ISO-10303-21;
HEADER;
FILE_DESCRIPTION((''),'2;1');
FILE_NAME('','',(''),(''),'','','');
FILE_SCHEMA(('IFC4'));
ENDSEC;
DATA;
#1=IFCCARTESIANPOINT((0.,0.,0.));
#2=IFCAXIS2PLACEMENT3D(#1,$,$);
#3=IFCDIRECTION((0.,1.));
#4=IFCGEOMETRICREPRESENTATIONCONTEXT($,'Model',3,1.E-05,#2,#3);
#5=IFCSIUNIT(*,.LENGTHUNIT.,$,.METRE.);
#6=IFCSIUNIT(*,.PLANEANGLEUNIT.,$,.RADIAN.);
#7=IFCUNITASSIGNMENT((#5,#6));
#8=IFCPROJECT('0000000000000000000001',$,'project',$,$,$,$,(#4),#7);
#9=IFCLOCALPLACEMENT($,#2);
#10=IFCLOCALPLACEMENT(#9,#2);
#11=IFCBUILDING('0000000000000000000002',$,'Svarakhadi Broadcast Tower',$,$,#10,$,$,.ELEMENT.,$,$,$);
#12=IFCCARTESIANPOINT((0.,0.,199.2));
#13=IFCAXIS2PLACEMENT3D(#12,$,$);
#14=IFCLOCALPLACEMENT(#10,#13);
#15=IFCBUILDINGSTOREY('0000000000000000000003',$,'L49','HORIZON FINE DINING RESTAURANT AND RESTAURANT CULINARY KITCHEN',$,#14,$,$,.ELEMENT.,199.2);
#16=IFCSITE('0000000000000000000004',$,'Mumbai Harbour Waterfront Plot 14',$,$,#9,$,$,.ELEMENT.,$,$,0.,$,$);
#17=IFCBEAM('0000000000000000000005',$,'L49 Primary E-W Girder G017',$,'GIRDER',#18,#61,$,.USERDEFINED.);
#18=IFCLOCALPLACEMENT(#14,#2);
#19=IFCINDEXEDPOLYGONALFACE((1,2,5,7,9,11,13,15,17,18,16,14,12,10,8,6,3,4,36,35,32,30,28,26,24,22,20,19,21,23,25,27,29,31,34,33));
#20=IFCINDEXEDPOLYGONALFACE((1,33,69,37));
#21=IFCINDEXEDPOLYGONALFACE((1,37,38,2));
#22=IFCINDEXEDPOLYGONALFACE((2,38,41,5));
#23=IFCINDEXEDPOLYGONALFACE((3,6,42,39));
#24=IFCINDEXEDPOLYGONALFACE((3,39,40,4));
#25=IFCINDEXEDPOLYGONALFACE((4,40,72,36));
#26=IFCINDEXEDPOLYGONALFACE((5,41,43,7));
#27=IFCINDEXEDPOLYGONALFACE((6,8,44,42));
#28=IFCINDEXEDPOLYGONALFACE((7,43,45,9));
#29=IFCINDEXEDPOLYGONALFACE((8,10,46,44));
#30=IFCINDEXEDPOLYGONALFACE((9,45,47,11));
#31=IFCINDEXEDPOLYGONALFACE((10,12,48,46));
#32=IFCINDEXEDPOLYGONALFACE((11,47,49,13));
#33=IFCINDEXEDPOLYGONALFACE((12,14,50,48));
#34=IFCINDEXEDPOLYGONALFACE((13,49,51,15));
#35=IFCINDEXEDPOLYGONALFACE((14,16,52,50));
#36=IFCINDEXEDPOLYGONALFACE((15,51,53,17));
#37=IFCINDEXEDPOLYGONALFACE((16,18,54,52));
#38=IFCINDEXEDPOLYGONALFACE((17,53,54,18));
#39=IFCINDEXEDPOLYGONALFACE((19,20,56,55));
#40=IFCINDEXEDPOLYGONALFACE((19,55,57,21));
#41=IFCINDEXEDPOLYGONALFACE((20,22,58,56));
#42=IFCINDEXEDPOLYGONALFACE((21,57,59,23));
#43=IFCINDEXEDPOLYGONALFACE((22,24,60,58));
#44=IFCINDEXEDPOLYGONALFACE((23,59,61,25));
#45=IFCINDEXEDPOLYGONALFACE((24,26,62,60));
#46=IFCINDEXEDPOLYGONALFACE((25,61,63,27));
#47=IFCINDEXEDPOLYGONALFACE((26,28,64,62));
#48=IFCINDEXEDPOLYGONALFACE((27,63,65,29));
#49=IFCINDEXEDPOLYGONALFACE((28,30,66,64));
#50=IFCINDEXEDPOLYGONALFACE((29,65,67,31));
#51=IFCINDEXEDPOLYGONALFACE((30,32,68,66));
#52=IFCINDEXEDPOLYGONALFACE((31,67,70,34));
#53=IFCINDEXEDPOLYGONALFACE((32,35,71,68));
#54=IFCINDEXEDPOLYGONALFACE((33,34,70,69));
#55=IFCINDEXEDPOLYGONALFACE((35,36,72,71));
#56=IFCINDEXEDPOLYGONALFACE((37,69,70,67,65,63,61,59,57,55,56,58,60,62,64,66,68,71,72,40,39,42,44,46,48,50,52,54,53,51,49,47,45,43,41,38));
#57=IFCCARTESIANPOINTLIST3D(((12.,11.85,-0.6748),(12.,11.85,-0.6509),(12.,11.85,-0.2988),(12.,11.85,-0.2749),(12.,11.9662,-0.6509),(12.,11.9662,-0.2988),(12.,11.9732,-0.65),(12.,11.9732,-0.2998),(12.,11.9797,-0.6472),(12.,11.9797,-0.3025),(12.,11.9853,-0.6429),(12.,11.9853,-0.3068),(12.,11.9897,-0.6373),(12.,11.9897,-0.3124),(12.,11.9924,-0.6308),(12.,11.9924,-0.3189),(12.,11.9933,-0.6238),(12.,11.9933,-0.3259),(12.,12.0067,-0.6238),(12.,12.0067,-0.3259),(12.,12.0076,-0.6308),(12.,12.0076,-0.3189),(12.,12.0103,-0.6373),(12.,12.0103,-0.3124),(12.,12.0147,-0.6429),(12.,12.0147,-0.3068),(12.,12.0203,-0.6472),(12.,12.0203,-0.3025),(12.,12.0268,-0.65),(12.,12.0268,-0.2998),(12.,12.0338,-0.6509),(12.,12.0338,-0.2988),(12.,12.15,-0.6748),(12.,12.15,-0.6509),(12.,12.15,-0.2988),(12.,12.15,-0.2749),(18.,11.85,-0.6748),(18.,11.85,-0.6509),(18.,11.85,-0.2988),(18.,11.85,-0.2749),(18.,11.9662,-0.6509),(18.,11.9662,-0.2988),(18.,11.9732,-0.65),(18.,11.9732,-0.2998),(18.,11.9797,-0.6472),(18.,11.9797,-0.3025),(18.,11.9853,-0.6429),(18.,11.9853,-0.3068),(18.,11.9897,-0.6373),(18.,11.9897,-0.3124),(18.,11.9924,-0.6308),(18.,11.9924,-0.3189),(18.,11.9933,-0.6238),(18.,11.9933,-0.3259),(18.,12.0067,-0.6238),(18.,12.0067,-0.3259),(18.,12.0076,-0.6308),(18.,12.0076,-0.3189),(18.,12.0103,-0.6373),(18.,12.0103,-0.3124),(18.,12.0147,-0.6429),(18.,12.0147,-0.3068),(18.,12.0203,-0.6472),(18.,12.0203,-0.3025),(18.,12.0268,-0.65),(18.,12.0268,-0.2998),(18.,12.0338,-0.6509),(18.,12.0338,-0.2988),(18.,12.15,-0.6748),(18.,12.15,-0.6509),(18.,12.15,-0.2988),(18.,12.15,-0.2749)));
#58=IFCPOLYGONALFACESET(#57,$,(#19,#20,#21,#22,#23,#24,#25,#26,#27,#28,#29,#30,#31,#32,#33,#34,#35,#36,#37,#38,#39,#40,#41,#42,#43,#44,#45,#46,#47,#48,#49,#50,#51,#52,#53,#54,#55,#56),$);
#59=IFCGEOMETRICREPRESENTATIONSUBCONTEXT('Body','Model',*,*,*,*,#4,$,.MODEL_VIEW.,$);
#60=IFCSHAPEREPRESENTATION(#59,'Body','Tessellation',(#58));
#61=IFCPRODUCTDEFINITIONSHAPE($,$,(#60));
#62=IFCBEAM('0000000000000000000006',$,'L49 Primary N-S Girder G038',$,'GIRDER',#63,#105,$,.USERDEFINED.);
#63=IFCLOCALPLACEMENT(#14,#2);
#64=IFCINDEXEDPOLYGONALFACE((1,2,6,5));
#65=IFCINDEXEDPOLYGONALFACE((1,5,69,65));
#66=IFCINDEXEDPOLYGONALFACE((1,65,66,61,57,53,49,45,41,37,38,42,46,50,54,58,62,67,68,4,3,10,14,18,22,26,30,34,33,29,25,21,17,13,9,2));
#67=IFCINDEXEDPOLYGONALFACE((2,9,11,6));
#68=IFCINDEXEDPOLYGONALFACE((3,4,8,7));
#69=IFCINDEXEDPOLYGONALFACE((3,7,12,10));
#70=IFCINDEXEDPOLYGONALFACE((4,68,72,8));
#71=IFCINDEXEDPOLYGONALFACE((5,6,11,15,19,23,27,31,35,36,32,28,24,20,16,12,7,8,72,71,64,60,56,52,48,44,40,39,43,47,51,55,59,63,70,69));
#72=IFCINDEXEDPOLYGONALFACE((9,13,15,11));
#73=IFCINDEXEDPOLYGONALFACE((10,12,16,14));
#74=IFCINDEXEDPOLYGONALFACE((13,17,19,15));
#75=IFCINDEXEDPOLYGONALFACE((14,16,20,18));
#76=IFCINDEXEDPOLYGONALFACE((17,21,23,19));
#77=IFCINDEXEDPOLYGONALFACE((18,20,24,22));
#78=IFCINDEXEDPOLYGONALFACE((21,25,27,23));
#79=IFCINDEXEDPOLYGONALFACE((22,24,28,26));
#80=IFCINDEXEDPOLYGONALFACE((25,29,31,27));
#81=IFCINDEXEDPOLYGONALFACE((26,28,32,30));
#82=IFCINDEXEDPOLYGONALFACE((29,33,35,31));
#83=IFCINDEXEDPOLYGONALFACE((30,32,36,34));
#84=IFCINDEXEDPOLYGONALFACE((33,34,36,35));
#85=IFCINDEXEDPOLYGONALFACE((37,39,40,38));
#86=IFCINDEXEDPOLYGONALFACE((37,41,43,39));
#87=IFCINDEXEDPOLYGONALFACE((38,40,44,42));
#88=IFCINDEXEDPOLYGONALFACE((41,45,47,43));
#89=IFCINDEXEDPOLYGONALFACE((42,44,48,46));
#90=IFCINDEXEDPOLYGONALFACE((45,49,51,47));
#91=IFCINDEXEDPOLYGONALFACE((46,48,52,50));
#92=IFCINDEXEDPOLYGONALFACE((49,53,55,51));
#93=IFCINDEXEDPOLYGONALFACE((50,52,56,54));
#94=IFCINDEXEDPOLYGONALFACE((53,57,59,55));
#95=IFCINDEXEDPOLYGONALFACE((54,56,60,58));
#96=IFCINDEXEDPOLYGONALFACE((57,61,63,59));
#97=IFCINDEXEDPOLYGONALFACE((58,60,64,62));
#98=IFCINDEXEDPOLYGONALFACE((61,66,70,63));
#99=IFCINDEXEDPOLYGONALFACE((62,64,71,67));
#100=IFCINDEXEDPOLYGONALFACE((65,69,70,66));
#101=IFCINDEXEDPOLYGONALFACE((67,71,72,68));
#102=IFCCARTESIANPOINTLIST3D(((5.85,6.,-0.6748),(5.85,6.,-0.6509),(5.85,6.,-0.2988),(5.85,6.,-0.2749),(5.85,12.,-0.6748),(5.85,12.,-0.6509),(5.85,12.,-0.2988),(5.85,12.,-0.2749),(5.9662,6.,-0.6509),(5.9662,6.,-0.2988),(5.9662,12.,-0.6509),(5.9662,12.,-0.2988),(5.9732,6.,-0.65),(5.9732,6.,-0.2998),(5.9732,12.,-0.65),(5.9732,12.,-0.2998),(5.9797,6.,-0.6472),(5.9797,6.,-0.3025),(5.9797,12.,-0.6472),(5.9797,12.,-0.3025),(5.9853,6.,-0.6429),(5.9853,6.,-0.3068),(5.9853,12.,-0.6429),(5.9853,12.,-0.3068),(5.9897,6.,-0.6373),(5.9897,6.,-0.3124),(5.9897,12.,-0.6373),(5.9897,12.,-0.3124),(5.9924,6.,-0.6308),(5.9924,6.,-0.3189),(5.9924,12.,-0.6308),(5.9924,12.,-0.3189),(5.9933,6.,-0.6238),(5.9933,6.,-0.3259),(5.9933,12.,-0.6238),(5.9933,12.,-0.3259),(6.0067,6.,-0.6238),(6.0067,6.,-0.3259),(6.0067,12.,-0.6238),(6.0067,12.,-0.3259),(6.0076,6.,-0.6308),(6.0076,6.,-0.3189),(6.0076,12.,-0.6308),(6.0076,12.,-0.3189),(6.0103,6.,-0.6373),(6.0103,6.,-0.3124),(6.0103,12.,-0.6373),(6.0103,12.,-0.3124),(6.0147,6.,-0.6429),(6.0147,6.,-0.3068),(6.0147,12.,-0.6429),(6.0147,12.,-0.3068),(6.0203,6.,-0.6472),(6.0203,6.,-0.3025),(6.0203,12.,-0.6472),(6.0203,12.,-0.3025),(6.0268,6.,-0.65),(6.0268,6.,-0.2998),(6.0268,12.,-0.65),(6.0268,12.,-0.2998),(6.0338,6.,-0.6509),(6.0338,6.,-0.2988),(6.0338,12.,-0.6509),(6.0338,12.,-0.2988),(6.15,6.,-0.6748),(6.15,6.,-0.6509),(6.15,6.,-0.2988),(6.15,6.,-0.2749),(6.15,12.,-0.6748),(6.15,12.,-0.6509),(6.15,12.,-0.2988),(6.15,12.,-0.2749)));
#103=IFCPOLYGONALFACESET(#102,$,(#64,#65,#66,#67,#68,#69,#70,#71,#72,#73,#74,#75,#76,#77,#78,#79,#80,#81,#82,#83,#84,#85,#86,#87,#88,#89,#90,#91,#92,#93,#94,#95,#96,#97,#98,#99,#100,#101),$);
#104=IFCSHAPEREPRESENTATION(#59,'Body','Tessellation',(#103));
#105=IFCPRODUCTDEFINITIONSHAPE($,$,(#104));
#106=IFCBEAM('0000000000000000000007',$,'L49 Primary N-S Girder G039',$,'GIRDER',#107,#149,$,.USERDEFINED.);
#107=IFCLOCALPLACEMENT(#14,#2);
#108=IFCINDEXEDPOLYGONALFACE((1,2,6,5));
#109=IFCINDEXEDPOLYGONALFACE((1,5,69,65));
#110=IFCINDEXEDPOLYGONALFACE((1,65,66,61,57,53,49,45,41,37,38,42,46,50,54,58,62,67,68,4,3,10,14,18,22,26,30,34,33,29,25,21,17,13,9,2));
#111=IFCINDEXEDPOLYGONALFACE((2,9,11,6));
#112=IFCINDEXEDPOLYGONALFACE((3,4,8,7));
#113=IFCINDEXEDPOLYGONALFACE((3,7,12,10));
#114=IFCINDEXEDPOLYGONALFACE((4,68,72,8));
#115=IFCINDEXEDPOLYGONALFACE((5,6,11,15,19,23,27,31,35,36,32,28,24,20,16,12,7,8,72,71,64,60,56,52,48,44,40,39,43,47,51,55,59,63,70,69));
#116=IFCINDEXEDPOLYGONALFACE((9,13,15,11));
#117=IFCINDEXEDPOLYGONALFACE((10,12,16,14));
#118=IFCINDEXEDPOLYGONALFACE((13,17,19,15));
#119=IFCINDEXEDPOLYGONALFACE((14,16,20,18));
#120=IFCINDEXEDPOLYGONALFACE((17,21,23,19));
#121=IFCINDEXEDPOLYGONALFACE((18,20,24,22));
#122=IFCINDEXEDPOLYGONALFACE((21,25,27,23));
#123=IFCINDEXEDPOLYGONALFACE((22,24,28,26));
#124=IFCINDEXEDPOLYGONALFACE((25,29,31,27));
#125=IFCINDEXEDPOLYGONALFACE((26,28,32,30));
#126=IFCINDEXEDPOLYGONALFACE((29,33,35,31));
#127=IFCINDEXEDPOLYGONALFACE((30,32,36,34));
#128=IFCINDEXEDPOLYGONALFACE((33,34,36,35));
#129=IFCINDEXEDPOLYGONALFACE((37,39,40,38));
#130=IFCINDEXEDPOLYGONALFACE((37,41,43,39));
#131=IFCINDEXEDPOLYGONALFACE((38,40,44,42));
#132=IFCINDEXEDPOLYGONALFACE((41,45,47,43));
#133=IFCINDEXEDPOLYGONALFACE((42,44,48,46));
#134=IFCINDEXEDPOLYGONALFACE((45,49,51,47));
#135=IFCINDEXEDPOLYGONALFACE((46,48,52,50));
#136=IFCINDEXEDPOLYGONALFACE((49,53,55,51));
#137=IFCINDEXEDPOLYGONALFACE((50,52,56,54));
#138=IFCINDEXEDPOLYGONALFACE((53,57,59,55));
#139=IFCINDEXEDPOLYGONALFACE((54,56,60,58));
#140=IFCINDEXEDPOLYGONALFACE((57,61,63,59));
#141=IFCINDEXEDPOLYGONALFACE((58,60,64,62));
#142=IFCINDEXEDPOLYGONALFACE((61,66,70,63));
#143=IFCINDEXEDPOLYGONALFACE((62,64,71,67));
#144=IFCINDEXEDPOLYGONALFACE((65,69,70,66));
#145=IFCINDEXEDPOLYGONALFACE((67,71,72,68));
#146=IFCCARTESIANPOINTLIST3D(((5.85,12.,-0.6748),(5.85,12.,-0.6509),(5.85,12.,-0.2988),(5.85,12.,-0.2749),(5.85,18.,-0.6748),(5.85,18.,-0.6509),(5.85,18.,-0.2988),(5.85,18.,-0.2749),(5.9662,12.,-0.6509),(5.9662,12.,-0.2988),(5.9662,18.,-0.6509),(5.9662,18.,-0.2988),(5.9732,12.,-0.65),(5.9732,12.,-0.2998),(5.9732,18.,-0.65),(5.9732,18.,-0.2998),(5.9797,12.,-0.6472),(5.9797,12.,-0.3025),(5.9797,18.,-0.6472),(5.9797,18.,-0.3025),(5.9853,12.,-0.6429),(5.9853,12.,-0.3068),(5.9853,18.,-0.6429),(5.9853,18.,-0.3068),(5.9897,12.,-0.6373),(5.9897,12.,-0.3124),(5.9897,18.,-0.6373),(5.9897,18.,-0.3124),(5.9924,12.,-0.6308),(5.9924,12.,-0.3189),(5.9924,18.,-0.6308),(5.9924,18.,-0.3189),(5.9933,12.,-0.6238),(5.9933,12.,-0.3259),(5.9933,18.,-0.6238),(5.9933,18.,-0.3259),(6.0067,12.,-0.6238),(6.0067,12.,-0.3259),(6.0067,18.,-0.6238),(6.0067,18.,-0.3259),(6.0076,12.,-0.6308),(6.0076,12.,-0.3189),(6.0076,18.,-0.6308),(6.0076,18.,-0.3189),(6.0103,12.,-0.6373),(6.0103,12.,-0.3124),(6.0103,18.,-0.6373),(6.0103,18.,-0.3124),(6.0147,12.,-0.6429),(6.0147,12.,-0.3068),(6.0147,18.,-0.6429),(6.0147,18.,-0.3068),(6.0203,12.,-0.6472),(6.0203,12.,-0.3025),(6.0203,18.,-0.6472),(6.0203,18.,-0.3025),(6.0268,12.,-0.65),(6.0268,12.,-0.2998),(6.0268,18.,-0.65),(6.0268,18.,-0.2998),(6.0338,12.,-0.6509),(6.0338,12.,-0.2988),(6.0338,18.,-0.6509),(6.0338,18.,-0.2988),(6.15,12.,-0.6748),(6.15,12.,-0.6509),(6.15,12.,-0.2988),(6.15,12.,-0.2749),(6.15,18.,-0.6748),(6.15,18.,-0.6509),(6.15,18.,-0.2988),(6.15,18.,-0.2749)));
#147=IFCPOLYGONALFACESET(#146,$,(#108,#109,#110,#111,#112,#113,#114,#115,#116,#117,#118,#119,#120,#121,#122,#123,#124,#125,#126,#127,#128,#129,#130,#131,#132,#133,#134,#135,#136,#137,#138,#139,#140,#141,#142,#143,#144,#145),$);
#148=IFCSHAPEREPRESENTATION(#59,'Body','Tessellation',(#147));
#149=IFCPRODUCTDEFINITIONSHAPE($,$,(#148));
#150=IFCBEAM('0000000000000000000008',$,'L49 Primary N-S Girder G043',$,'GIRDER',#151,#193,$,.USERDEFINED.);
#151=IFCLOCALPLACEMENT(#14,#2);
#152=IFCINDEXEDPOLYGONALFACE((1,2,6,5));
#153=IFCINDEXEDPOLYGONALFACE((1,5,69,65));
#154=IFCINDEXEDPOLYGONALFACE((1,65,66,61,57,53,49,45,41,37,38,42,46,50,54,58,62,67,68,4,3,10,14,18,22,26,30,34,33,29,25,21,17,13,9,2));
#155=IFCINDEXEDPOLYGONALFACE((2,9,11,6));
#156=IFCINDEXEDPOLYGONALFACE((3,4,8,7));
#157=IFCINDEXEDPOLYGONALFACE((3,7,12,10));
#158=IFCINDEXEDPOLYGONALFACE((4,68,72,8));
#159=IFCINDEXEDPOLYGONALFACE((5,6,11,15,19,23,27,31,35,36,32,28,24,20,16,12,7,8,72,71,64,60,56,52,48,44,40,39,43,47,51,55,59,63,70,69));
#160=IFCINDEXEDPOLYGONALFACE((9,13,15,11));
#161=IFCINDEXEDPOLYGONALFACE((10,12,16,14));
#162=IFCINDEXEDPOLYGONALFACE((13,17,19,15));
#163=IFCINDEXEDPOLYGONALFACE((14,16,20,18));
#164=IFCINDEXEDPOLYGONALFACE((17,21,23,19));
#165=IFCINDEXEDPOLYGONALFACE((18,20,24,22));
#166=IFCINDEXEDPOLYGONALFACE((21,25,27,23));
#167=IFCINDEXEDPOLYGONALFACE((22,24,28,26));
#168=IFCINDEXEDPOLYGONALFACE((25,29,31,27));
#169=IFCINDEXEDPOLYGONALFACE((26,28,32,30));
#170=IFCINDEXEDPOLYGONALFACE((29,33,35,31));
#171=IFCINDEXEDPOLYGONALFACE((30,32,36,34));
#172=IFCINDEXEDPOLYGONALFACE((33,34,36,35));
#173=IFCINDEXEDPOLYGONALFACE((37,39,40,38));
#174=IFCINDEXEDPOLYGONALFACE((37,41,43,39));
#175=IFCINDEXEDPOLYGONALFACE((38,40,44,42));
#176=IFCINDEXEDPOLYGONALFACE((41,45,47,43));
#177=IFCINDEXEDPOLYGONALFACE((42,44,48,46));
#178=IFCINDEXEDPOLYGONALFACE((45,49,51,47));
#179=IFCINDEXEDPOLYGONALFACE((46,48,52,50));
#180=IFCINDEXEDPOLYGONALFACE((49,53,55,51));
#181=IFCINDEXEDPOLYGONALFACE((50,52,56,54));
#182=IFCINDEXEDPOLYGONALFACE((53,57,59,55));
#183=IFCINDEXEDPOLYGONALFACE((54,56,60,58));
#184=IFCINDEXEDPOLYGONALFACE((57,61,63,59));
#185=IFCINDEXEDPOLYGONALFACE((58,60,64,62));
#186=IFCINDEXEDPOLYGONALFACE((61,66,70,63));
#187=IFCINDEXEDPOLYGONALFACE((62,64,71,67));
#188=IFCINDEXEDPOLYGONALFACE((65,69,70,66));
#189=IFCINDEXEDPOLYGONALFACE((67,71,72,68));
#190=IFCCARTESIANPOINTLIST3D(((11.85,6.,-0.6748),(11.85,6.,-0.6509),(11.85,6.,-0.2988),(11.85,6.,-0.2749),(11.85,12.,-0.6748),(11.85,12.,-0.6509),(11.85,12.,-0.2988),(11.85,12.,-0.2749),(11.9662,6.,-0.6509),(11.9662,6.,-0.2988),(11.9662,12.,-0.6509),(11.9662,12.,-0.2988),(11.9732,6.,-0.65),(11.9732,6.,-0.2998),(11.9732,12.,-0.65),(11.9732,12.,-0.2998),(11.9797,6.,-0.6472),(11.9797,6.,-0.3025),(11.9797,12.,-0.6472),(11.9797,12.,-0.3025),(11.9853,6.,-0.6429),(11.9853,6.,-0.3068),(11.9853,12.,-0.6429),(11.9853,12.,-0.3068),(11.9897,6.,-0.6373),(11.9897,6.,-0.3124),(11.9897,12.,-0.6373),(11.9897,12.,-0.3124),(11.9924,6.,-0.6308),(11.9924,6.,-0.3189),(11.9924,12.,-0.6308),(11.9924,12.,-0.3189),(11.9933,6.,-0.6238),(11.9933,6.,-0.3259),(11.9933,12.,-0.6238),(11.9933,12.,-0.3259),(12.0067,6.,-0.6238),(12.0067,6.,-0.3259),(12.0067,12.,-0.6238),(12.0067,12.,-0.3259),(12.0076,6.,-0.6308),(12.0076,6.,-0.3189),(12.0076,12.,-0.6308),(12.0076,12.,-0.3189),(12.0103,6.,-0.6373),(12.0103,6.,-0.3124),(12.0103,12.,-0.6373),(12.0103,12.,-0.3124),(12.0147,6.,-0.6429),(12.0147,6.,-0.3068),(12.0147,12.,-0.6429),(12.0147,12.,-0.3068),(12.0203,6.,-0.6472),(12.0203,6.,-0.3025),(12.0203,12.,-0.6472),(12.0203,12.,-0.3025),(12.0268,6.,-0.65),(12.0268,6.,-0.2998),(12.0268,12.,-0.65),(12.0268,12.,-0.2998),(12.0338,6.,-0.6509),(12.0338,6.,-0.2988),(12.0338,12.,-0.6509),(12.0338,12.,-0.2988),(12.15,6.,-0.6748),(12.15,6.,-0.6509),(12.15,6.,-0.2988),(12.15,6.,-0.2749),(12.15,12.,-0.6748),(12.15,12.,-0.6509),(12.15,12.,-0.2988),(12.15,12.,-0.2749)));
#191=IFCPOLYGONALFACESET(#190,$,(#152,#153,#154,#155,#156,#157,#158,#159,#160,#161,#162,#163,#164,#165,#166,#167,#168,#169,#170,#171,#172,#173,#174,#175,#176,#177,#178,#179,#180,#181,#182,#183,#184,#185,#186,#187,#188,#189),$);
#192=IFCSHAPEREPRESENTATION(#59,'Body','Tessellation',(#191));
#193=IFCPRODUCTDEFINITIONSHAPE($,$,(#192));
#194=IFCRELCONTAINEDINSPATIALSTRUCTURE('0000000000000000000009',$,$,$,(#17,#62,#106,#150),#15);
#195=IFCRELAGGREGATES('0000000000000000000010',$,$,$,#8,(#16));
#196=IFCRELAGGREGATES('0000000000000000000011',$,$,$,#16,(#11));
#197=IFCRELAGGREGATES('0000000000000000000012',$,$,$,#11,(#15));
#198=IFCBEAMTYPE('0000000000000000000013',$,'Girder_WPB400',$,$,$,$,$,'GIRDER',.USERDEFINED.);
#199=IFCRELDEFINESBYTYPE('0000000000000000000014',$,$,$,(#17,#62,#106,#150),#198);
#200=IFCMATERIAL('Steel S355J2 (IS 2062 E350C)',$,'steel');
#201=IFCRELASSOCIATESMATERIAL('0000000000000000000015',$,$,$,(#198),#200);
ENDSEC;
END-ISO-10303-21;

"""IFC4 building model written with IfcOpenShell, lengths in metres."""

from ifc_helpers import new_model, si_unit, direction, frame, origin, origin_2d, place, context, subcontext, project, spatial, i_section, extrude, material, material_profile, profile_set, type_object, element, save


model = new_model("IFC4")

# Units and contexts
model_context = context("Model", 3, precision=1e-05, world=origin(), true_north=direction((0.0, 1.0)))
body_context = subcontext(model_context, "Body", "Model", "MODEL_VIEW")
ifc_project = project(units=[si_unit("LENGTHUNIT", "METRE"), si_unit("PLANEANGLEUNIT", "RADIAN")], contexts=[model_context])

# Site, building, storey
site_placement = place(None, origin())
site = spatial("IfcSite", under=ifc_project, at=site_placement, Name="Mumbai Harbour Waterfront Plot 14", CompositionType="ELEMENT", RefElevation=0.0)
building_placement = place(site_placement, origin())
building = spatial("IfcBuilding", under=site, at=building_placement, Name="Svarakhadi Broadcast Tower", CompositionType="ELEMENT")
storey_placement = place(building_placement, frame((0.0, 0.0, 199.2)))
storey = spatial("IfcBuildingStorey", under=building, at=storey_placement, Name="L49", Description="HORIZON FINE DINING RESTAURANT AND RESTAURANT CULINARY KITCHEN", CompositionType="ELEMENT", Elevation=199.2)

# Beams
ifc_material_1 = material(Name="Steel S355J2 (IS 2062 E350C)", Category="steel")
ifc_material_profile_1 = material_profile(ifc_material_1, i_section(OverallWidth=0.3, OverallDepth=0.3999, WebThickness=0.0134, FlangeThickness=0.0239, FilletRadius=0.0271, at=origin_2d()), Name="WPB 400x300x155")
ifc_profile_set_1 = profile_set([ifc_material_profile_1], Name="Steel S355J2 (IS 2062 E350C)")
beam_type_1 = type_object("IfcBeamType", Name="Girder_WPB400", ElementType="GIRDER", PredefinedType="USERDEFINED", material=ifc_profile_set_1)
for number, where, z_axis, x_axis, name in (
    (1, (12.0, 12.0, -0.4749), (1.0, 0.0, 0.0), (0.0, 1.0, 0.0), "L49 Primary E-W Girder G017"),
    (2, (6.0, 6.0, -0.4749), (0.0, 1.0, 0.0), (-1.0, 0.0, 0.0), "L49 Primary N-S Girder G038"),
    (3, (6.0, 12.0, -0.4749), (0.0, 1.0, 0.0), (-1.0, 0.0, 0.0), "L49 Primary N-S Girder G039"),
    (4, (12.0, 6.0, -0.4749), (0.0, 1.0, 0.0), (-1.0, 0.0, 0.0), "L49 Primary N-S Girder G043"),
):
    element("IfcBeam", number, at=place(storey_placement, frame(where, z_axis=z_axis, x_axis=x_axis)), inside=storey, type_object=beam_type_1, Name=name, ObjectType="GIRDER", PredefinedType="USERDEFINED", context=body_context, shape_type="SweptSolid", body=[
        extrude(i_section(OverallWidth=0.3, OverallDepth=0.3999, WebThickness=0.0134, FlangeThickness=0.0239, FilletRadius=0.0271, at=origin_2d()), origin(), (0.0, 0.0, 1.0), 6.0),
    ])

save(model, "model.ifc")
